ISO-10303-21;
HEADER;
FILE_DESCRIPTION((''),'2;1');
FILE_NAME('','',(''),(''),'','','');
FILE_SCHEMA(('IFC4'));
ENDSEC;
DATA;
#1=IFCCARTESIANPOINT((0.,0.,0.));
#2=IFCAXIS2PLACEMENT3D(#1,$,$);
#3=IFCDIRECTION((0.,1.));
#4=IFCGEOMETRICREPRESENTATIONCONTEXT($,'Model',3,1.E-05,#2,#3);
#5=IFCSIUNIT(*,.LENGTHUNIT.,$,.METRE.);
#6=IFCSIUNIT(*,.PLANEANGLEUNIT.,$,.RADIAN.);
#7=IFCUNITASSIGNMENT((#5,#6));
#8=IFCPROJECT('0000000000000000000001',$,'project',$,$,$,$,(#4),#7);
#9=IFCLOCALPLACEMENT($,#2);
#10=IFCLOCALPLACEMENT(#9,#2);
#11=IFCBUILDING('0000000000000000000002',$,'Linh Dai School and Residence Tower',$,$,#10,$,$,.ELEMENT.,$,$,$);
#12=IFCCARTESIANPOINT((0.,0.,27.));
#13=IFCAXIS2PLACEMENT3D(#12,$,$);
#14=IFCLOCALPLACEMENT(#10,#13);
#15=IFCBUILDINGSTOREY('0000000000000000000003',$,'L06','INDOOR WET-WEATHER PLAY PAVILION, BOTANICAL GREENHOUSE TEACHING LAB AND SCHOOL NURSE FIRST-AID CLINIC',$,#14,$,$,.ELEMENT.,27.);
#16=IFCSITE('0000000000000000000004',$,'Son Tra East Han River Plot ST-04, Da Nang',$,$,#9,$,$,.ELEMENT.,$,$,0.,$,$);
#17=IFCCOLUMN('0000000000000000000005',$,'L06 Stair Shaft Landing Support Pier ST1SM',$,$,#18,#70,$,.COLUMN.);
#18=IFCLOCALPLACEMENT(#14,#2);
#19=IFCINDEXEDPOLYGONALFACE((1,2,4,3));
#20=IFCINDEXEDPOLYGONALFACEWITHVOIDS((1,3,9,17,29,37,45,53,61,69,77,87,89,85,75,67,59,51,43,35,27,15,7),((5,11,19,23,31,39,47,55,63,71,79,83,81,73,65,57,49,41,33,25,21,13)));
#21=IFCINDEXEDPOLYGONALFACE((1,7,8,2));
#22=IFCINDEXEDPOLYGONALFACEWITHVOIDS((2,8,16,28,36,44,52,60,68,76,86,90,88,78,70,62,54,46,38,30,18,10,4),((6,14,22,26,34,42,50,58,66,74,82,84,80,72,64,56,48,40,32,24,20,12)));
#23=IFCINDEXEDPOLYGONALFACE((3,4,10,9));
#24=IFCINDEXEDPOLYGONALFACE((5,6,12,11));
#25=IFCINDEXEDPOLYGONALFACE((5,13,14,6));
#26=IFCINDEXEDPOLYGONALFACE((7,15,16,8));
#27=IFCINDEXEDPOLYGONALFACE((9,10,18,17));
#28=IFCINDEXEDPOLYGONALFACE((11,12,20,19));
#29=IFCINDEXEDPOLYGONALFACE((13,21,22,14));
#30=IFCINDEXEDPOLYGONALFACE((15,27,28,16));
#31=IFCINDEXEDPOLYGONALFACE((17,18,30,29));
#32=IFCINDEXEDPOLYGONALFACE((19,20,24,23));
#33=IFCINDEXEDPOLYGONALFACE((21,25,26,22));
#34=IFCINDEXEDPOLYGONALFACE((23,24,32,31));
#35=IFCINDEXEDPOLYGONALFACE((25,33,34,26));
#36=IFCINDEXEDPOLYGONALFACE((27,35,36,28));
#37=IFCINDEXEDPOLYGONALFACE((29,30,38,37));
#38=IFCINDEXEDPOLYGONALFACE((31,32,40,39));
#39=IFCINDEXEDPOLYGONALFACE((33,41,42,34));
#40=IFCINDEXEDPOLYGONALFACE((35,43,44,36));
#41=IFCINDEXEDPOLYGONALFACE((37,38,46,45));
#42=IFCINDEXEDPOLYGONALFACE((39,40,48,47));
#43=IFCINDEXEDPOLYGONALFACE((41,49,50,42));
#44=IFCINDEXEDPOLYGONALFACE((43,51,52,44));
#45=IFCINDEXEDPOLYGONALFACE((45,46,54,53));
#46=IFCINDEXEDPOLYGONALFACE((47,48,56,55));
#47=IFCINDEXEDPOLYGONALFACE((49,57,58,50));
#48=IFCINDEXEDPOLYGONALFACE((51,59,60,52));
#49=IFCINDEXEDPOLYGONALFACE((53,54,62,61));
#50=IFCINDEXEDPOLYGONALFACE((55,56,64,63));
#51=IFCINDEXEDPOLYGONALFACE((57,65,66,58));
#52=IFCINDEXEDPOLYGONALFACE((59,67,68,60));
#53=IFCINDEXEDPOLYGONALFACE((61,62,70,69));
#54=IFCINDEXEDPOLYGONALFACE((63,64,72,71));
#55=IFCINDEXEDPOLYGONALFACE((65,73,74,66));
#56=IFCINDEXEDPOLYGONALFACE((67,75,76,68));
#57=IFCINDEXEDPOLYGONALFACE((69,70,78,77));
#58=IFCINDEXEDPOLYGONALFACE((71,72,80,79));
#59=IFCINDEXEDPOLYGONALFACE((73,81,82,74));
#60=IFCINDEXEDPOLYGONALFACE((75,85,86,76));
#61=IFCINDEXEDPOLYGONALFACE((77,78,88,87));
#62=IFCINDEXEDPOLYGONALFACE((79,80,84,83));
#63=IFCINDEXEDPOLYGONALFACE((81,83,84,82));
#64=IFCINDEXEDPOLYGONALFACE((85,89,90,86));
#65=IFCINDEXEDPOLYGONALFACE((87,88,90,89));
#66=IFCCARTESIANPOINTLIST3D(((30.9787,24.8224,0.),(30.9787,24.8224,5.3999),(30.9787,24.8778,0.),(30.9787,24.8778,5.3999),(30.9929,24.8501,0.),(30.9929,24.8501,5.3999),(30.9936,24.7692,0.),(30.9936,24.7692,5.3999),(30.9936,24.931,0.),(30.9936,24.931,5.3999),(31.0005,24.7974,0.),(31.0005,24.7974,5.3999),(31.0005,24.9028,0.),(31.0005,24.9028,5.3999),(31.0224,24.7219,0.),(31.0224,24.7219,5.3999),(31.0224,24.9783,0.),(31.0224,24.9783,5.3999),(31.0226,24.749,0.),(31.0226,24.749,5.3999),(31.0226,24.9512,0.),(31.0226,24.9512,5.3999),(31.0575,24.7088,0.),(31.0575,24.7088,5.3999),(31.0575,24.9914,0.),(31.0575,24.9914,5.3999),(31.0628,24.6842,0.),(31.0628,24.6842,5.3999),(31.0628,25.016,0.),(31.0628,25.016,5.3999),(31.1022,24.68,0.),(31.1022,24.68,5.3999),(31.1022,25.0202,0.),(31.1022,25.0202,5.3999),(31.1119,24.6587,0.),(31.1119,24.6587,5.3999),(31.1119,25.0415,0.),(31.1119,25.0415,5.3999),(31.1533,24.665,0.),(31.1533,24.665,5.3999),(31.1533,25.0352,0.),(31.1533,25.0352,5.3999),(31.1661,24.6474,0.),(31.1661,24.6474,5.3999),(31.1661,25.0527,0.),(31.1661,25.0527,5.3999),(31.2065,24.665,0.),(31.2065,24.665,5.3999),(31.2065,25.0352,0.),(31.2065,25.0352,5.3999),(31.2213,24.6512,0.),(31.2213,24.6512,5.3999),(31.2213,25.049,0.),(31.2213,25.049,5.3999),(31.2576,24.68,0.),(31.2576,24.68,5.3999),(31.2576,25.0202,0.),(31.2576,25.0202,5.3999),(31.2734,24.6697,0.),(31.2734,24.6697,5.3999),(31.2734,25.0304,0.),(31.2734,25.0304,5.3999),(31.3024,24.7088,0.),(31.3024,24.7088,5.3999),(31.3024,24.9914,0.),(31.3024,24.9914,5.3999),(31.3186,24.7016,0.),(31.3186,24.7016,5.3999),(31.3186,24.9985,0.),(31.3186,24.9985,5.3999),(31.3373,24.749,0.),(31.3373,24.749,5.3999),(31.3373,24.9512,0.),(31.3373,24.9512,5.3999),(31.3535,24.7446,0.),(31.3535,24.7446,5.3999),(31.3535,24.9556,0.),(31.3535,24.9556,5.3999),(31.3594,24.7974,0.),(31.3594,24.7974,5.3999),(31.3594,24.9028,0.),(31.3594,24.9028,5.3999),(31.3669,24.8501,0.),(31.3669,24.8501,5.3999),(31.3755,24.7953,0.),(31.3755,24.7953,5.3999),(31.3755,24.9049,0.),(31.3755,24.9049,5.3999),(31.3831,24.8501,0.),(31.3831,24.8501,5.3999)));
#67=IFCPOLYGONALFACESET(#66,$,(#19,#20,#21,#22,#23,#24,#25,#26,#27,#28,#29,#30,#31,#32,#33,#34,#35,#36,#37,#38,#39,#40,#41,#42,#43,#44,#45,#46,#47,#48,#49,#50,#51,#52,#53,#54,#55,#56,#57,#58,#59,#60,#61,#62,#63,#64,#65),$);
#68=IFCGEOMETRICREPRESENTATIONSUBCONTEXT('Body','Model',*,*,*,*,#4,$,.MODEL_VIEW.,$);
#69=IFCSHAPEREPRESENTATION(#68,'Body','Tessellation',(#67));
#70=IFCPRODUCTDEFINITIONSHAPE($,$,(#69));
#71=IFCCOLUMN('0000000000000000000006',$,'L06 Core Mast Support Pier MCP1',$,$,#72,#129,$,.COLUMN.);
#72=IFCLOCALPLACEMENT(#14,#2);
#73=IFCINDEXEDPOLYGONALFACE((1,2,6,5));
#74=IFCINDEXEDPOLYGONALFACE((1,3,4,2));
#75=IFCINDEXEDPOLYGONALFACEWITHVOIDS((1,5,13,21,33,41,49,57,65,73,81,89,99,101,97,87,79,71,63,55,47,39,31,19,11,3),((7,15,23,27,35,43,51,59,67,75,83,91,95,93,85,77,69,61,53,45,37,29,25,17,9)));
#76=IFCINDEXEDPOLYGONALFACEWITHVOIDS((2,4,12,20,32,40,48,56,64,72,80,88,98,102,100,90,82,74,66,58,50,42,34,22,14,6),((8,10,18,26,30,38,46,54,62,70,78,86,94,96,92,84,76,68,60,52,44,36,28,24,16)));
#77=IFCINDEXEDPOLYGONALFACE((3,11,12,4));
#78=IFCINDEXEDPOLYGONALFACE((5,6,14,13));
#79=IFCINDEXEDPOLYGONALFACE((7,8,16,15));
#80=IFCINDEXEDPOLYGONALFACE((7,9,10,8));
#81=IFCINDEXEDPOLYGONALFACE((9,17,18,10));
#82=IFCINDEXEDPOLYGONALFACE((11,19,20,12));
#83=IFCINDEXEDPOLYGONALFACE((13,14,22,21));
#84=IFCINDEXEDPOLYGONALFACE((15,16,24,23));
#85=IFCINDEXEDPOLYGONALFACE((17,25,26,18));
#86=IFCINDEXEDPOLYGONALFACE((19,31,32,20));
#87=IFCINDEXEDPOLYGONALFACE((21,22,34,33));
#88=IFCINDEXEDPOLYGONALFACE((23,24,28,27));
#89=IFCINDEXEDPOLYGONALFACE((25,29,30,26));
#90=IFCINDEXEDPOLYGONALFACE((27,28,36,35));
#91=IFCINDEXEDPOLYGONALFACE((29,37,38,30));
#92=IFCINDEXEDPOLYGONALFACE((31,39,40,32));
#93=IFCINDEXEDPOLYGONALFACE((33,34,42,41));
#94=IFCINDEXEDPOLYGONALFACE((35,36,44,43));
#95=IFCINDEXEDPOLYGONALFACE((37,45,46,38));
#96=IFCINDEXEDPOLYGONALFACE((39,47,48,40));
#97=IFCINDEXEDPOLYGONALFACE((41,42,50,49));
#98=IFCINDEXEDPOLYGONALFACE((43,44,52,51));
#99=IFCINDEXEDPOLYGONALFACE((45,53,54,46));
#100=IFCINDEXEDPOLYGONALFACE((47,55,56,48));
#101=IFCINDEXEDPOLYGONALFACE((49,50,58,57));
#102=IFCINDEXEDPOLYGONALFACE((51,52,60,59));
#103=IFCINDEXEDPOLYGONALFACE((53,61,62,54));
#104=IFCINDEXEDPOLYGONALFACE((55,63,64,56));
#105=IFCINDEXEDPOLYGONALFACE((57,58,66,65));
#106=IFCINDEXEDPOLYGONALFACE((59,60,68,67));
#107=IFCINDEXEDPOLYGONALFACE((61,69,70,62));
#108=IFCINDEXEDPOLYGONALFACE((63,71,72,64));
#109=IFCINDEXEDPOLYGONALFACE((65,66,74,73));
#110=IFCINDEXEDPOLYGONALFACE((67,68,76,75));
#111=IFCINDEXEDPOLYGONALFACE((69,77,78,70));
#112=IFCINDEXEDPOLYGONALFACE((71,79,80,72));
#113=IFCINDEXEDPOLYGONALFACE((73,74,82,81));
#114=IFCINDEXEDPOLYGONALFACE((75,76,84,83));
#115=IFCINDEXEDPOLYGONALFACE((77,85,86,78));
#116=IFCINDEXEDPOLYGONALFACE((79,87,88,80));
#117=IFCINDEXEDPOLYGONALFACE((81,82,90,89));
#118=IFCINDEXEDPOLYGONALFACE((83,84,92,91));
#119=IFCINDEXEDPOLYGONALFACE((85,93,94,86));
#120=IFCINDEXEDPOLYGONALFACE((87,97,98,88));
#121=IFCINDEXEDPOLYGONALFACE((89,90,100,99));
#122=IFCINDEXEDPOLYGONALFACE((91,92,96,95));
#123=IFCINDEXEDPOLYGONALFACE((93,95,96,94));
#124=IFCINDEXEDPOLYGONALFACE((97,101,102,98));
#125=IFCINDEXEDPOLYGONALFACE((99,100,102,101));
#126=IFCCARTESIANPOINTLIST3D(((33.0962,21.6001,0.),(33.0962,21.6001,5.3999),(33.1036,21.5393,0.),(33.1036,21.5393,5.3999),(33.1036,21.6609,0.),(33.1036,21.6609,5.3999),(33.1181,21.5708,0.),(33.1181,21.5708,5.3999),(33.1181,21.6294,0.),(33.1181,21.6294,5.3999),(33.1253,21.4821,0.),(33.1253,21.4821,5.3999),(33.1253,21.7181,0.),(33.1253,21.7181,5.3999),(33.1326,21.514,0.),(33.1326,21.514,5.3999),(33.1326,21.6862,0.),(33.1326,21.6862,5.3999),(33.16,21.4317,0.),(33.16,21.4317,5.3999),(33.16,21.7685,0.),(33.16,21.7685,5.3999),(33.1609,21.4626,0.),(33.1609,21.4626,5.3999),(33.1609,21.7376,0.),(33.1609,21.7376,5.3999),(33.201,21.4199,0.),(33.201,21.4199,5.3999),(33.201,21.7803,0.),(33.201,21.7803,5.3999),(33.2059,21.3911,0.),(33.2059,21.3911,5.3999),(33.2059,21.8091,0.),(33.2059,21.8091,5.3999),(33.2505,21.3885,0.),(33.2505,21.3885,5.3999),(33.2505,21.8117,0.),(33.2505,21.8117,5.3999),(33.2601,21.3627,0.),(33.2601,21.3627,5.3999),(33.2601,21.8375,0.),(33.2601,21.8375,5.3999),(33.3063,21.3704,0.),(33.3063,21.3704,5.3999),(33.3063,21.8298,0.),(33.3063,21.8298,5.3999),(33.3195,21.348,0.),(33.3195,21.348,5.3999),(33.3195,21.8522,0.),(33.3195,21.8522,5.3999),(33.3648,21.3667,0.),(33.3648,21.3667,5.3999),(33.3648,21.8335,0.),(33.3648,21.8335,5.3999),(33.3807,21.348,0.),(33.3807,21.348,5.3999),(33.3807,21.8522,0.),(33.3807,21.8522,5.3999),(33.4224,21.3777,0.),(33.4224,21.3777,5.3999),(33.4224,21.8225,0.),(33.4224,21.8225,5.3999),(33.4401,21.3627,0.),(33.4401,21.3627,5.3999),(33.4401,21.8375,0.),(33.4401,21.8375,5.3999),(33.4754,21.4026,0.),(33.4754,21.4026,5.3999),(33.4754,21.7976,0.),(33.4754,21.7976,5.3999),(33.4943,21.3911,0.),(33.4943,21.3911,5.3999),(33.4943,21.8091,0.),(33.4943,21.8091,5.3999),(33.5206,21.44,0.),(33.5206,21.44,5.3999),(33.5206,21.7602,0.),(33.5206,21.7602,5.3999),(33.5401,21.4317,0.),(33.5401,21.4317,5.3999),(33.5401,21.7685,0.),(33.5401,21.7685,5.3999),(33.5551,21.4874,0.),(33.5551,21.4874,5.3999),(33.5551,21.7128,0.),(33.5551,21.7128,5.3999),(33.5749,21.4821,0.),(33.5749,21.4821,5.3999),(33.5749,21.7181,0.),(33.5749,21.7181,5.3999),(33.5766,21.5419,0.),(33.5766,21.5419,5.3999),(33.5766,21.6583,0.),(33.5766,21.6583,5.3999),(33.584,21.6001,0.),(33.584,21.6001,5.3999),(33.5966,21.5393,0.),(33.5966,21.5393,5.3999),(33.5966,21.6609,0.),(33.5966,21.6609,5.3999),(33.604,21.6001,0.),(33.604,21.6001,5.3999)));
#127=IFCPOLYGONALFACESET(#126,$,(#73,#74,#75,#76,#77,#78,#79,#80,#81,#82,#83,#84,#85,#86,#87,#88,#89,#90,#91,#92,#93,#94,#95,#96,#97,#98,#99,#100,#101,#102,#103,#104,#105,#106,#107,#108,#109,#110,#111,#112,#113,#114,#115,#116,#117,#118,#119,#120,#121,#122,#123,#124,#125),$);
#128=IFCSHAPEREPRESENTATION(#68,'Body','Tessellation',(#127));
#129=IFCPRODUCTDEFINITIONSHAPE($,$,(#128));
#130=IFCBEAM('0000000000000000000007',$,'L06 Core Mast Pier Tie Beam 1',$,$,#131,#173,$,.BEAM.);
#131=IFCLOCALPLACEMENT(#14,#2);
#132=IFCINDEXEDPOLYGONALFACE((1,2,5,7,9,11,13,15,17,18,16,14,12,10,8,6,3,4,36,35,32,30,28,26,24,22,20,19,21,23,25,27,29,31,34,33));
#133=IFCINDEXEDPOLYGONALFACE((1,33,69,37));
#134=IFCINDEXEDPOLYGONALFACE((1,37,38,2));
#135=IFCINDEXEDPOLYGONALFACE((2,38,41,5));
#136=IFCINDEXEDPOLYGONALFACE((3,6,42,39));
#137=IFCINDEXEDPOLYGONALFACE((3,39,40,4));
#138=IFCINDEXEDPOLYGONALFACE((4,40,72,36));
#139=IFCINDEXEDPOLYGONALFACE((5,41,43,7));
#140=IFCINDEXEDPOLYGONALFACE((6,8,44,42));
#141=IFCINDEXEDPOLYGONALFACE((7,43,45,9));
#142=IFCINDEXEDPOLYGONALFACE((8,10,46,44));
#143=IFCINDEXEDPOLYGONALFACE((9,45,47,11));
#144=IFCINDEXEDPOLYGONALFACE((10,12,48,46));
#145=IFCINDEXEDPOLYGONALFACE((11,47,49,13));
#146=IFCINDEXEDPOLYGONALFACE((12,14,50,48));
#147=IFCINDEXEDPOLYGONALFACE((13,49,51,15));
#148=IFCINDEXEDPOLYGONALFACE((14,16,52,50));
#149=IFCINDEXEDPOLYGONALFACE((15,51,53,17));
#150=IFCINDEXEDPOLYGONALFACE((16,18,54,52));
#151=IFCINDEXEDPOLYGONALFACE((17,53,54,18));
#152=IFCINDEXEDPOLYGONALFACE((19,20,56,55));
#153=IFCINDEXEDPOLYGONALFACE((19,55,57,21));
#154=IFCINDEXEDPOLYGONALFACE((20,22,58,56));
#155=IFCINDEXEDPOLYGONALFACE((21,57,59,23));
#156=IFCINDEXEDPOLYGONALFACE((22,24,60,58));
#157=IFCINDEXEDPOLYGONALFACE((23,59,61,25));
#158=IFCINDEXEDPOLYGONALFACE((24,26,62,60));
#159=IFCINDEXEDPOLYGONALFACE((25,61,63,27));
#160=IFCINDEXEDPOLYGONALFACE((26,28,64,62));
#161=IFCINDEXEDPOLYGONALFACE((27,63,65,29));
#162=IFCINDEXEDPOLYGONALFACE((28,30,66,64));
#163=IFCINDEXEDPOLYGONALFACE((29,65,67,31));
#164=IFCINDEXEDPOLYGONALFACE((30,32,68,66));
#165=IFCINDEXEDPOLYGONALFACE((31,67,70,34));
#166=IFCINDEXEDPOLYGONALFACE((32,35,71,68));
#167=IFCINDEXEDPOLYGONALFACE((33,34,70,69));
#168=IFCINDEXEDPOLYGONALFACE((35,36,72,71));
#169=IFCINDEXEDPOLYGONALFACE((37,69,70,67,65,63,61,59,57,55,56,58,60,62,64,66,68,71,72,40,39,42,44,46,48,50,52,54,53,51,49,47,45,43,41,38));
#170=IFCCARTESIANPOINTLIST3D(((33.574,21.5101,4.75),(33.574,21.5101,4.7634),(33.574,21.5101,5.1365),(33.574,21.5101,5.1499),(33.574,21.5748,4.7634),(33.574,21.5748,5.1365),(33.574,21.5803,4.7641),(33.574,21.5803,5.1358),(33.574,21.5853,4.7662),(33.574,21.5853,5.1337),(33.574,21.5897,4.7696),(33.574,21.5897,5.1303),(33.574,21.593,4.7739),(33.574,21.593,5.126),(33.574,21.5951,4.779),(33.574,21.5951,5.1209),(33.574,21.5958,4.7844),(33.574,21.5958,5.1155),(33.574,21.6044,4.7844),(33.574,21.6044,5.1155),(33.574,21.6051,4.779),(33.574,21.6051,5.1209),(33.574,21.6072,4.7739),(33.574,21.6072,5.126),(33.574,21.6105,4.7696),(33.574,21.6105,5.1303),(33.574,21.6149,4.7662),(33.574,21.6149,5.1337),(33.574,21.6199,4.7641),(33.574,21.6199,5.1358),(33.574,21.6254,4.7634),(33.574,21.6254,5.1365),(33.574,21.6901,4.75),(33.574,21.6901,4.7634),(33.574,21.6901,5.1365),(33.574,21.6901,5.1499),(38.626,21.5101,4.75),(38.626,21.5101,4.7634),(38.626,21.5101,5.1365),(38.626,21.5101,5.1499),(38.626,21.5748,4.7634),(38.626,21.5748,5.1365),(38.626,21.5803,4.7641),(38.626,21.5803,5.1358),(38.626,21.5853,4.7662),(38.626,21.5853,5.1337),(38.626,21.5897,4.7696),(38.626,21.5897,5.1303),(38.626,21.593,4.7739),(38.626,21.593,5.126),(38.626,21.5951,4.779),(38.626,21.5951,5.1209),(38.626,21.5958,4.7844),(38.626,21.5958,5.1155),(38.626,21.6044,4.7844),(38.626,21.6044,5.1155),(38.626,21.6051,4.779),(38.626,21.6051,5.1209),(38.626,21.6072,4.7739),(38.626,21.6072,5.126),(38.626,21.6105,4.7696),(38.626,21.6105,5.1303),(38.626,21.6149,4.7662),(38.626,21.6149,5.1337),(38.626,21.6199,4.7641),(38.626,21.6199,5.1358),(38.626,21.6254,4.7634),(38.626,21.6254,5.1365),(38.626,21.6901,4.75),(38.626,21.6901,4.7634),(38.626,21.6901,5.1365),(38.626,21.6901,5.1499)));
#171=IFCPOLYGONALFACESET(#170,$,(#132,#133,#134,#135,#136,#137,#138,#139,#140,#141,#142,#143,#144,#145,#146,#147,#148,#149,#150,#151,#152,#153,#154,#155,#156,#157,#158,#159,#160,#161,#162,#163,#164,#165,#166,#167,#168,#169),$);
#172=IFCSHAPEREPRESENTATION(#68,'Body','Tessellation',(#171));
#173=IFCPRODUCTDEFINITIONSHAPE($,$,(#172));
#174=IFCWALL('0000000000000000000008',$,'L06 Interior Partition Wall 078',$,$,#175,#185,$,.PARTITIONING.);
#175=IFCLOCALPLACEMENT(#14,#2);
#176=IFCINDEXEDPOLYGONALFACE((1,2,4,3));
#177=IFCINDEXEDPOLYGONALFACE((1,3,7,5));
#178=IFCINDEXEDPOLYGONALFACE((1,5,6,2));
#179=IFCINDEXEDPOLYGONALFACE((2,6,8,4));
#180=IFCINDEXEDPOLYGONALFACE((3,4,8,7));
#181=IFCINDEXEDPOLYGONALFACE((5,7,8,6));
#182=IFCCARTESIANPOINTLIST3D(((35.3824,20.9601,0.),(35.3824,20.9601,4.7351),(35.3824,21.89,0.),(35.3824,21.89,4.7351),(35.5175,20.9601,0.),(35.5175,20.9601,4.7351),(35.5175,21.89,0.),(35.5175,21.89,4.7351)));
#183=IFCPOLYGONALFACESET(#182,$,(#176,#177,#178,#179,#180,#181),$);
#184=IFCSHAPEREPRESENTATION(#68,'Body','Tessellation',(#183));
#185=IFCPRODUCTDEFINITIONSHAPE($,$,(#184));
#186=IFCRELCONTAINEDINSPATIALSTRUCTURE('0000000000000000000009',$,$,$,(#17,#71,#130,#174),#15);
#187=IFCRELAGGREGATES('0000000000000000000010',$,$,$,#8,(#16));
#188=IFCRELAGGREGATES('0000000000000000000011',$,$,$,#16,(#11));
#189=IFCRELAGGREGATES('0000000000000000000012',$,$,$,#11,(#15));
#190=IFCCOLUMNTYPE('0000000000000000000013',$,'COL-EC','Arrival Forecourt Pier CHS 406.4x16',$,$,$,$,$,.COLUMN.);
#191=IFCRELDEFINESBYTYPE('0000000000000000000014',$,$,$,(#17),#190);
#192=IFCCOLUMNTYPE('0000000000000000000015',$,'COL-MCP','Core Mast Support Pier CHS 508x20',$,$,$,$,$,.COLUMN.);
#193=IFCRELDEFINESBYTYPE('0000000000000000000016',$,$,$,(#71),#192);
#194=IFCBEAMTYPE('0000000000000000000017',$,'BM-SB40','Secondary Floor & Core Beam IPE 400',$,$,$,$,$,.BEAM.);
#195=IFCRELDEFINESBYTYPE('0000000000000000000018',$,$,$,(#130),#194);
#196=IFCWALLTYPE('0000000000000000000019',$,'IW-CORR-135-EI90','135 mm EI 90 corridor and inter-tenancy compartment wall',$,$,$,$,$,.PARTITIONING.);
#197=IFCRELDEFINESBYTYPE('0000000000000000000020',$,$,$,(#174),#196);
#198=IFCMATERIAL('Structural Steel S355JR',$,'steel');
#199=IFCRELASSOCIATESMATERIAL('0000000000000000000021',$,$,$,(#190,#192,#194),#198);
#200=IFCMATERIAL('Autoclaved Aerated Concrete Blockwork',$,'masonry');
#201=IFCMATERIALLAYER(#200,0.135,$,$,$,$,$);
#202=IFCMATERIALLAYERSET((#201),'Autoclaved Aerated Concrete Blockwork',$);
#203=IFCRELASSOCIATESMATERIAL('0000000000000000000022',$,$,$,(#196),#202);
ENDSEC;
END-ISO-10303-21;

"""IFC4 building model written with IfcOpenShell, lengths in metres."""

from ifc_helpers import new_model, si_unit, direction, frame, frame_2d, origin, origin_2d, place, context, subcontext, project, spatial, rectangle, hollow_circle, i_section, extrude, material, layer, layer_set, material_profile, profile_set, type_object, element, save


model = new_model("IFC4")

# Units and contexts
model_context = context("Model", 3, precision=1e-05, world=origin(), true_north=direction((0.0, 1.0)))
body_context = subcontext(model_context, "Body", "Model", "MODEL_VIEW")
ifc_project = project(units=[si_unit("LENGTHUNIT", "METRE"), si_unit("PLANEANGLEUNIT", "RADIAN")], contexts=[model_context])

# Site, building, storey
site_placement = place(None, origin())
site = spatial("IfcSite", under=ifc_project, at=site_placement, Name="Son Tra East Han River Plot ST-04, Da Nang", CompositionType="ELEMENT", RefElevation=0.0)
building_placement = place(site_placement, origin())
building = spatial("IfcBuilding", under=site, at=building_placement, Name="Linh Dai School and Residence Tower", CompositionType="ELEMENT")
storey_placement = place(building_placement, frame((0.0, 0.0, 27.0)))
storey = spatial("IfcBuildingStorey", under=building, at=storey_placement, Name="L06", Description="INDOOR WET-WEATHER PLAY PAVILION, BOTANICAL GREENHOUSE TEACHING LAB AND SCHOOL NURSE FIRST-AID CLINIC", CompositionType="ELEMENT", Elevation=27.0)

# Columns
ifc_material_1 = material(Name="Structural Steel S355JR", Category="steel")
ifc_material_profile_1 = material_profile(ifc_material_1, hollow_circle(Radius=0.2031, WallThickness=0.0161, at=origin_2d()), Name="CHS 406.4x16")
ifc_profile_set_1 = profile_set([ifc_material_profile_1], Name="Structural Steel S355JR")
column_type_1 = type_object("IfcColumnType", Name="COL-EC", Description="Arrival Forecourt Pier CHS 406.4x16", PredefinedType="COLUMN", material=ifc_profile_set_1)
column_1_placement = place(storey_placement, frame((31.1799, 24.8501, 0.0), z_axis=(0.0, 0.0, 1.0), x_axis=(1.0, 0.0, 0.0)))
element("IfcColumn", 1, at=column_1_placement, inside=storey, type_object=column_type_1, Name="L06 Stair Shaft Landing Support Pier ST1SM", PredefinedType="COLUMN", context=body_context, shape_type="SweptSolid", body=[
    extrude(hollow_circle(Radius=0.2031, WallThickness=0.0161, at=origin_2d()), origin(), (0.0, 0.0, 1.0), 5.3999),
])
ifc_material_profile_2 = material_profile(ifc_material_1, hollow_circle(Radius=0.2539, WallThickness=0.02, at=origin_2d()), Name="CHS 508x20")
ifc_profile_set_2 = profile_set([ifc_material_profile_2], Name="Structural Steel S355JR")
column_type_2 = type_object("IfcColumnType", Name="COL-MCP", Description="Core Mast Support Pier CHS 508x20", PredefinedType="COLUMN", material=ifc_profile_set_2)
column_2_placement = place(storey_placement, frame((33.3501, 21.6001, 0.0), z_axis=(0.0, 0.0, 1.0), x_axis=(1.0, 0.0, 0.0)))
element("IfcColumn", 2, at=column_2_placement, inside=storey, type_object=column_type_2, Name="L06 Core Mast Support Pier MCP1", PredefinedType="COLUMN", context=body_context, shape_type="SweptSolid", body=[
    extrude(hollow_circle(Radius=0.2539, WallThickness=0.02, at=origin_2d()), origin(), (0.0, 0.0, 1.0), 5.3999),
])

# Beam
ifc_material_profile_3 = material_profile(ifc_material_1, i_section(OverallWidth=0.1799, OverallDepth=0.3999, WebThickness=0.0085, FlangeThickness=0.0134, FilletRadius=0.021, at=origin_2d()), Name="IPE 400")
ifc_profile_set_3 = profile_set([ifc_material_profile_3], Name="Structural Steel S355JR")
beam_type = type_object("IfcBeamType", Name="BM-SB40", Description="Secondary Floor & Core Beam IPE 400", PredefinedType="BEAM", material=ifc_profile_set_3)
beam_placement = place(storey_placement, frame((33.574, 21.6001, 4.95), z_axis=(1.0, 0.0, 0.0), x_axis=(0.0, 1.0, 0.0)))
element("IfcBeam", 3, at=beam_placement, inside=storey, type_object=beam_type, Name="L06 Core Mast Pier Tie Beam 1", PredefinedType="BEAM", context=body_context, shape_type="SweptSolid", body=[
    extrude(i_section(OverallWidth=0.1799, OverallDepth=0.3999, WebThickness=0.0085, FlangeThickness=0.0134, FilletRadius=0.021, at=origin_2d()), origin(), (0.0, 0.0, 1.0), 5.052),
])

# Wall
ifc_material_2 = material(Name="Autoclaved Aerated Concrete Blockwork", Category="masonry")
ifc_layer_1 = layer(ifc_material_2, 0.135)
ifc_layer_set_1 = layer_set([ifc_layer_1], Name="Autoclaved Aerated Concrete Blockwork")
wall_type_1 = type_object("IfcWallType", Name="IW-CORR-135-EI90", Description="135 mm EI 90 corridor and inter-tenancy compartment wall", PredefinedType="PARTITIONING", material=ifc_layer_set_1)
wall_1_placement = place(storey_placement, frame((35.45, 21.8899, 0.0), z_axis=(0.0, 0.0, 1.0), x_axis=(0.0, -1.0, 0.0)))
element("IfcWall", 4, at=wall_1_placement, inside=storey, type_object=wall_type_1, Name="L06 Interior Partition Wall 078", PredefinedType="PARTITIONING", context=body_context, shape_type="SweptSolid", body=[
    extrude(rectangle(XDim=0.9299, YDim=0.135, at=frame_2d((0.4648, 0.0))), origin(), (0.0, 0.0, 1.0), 4.7351),
])

save(model, "model.ifc")
